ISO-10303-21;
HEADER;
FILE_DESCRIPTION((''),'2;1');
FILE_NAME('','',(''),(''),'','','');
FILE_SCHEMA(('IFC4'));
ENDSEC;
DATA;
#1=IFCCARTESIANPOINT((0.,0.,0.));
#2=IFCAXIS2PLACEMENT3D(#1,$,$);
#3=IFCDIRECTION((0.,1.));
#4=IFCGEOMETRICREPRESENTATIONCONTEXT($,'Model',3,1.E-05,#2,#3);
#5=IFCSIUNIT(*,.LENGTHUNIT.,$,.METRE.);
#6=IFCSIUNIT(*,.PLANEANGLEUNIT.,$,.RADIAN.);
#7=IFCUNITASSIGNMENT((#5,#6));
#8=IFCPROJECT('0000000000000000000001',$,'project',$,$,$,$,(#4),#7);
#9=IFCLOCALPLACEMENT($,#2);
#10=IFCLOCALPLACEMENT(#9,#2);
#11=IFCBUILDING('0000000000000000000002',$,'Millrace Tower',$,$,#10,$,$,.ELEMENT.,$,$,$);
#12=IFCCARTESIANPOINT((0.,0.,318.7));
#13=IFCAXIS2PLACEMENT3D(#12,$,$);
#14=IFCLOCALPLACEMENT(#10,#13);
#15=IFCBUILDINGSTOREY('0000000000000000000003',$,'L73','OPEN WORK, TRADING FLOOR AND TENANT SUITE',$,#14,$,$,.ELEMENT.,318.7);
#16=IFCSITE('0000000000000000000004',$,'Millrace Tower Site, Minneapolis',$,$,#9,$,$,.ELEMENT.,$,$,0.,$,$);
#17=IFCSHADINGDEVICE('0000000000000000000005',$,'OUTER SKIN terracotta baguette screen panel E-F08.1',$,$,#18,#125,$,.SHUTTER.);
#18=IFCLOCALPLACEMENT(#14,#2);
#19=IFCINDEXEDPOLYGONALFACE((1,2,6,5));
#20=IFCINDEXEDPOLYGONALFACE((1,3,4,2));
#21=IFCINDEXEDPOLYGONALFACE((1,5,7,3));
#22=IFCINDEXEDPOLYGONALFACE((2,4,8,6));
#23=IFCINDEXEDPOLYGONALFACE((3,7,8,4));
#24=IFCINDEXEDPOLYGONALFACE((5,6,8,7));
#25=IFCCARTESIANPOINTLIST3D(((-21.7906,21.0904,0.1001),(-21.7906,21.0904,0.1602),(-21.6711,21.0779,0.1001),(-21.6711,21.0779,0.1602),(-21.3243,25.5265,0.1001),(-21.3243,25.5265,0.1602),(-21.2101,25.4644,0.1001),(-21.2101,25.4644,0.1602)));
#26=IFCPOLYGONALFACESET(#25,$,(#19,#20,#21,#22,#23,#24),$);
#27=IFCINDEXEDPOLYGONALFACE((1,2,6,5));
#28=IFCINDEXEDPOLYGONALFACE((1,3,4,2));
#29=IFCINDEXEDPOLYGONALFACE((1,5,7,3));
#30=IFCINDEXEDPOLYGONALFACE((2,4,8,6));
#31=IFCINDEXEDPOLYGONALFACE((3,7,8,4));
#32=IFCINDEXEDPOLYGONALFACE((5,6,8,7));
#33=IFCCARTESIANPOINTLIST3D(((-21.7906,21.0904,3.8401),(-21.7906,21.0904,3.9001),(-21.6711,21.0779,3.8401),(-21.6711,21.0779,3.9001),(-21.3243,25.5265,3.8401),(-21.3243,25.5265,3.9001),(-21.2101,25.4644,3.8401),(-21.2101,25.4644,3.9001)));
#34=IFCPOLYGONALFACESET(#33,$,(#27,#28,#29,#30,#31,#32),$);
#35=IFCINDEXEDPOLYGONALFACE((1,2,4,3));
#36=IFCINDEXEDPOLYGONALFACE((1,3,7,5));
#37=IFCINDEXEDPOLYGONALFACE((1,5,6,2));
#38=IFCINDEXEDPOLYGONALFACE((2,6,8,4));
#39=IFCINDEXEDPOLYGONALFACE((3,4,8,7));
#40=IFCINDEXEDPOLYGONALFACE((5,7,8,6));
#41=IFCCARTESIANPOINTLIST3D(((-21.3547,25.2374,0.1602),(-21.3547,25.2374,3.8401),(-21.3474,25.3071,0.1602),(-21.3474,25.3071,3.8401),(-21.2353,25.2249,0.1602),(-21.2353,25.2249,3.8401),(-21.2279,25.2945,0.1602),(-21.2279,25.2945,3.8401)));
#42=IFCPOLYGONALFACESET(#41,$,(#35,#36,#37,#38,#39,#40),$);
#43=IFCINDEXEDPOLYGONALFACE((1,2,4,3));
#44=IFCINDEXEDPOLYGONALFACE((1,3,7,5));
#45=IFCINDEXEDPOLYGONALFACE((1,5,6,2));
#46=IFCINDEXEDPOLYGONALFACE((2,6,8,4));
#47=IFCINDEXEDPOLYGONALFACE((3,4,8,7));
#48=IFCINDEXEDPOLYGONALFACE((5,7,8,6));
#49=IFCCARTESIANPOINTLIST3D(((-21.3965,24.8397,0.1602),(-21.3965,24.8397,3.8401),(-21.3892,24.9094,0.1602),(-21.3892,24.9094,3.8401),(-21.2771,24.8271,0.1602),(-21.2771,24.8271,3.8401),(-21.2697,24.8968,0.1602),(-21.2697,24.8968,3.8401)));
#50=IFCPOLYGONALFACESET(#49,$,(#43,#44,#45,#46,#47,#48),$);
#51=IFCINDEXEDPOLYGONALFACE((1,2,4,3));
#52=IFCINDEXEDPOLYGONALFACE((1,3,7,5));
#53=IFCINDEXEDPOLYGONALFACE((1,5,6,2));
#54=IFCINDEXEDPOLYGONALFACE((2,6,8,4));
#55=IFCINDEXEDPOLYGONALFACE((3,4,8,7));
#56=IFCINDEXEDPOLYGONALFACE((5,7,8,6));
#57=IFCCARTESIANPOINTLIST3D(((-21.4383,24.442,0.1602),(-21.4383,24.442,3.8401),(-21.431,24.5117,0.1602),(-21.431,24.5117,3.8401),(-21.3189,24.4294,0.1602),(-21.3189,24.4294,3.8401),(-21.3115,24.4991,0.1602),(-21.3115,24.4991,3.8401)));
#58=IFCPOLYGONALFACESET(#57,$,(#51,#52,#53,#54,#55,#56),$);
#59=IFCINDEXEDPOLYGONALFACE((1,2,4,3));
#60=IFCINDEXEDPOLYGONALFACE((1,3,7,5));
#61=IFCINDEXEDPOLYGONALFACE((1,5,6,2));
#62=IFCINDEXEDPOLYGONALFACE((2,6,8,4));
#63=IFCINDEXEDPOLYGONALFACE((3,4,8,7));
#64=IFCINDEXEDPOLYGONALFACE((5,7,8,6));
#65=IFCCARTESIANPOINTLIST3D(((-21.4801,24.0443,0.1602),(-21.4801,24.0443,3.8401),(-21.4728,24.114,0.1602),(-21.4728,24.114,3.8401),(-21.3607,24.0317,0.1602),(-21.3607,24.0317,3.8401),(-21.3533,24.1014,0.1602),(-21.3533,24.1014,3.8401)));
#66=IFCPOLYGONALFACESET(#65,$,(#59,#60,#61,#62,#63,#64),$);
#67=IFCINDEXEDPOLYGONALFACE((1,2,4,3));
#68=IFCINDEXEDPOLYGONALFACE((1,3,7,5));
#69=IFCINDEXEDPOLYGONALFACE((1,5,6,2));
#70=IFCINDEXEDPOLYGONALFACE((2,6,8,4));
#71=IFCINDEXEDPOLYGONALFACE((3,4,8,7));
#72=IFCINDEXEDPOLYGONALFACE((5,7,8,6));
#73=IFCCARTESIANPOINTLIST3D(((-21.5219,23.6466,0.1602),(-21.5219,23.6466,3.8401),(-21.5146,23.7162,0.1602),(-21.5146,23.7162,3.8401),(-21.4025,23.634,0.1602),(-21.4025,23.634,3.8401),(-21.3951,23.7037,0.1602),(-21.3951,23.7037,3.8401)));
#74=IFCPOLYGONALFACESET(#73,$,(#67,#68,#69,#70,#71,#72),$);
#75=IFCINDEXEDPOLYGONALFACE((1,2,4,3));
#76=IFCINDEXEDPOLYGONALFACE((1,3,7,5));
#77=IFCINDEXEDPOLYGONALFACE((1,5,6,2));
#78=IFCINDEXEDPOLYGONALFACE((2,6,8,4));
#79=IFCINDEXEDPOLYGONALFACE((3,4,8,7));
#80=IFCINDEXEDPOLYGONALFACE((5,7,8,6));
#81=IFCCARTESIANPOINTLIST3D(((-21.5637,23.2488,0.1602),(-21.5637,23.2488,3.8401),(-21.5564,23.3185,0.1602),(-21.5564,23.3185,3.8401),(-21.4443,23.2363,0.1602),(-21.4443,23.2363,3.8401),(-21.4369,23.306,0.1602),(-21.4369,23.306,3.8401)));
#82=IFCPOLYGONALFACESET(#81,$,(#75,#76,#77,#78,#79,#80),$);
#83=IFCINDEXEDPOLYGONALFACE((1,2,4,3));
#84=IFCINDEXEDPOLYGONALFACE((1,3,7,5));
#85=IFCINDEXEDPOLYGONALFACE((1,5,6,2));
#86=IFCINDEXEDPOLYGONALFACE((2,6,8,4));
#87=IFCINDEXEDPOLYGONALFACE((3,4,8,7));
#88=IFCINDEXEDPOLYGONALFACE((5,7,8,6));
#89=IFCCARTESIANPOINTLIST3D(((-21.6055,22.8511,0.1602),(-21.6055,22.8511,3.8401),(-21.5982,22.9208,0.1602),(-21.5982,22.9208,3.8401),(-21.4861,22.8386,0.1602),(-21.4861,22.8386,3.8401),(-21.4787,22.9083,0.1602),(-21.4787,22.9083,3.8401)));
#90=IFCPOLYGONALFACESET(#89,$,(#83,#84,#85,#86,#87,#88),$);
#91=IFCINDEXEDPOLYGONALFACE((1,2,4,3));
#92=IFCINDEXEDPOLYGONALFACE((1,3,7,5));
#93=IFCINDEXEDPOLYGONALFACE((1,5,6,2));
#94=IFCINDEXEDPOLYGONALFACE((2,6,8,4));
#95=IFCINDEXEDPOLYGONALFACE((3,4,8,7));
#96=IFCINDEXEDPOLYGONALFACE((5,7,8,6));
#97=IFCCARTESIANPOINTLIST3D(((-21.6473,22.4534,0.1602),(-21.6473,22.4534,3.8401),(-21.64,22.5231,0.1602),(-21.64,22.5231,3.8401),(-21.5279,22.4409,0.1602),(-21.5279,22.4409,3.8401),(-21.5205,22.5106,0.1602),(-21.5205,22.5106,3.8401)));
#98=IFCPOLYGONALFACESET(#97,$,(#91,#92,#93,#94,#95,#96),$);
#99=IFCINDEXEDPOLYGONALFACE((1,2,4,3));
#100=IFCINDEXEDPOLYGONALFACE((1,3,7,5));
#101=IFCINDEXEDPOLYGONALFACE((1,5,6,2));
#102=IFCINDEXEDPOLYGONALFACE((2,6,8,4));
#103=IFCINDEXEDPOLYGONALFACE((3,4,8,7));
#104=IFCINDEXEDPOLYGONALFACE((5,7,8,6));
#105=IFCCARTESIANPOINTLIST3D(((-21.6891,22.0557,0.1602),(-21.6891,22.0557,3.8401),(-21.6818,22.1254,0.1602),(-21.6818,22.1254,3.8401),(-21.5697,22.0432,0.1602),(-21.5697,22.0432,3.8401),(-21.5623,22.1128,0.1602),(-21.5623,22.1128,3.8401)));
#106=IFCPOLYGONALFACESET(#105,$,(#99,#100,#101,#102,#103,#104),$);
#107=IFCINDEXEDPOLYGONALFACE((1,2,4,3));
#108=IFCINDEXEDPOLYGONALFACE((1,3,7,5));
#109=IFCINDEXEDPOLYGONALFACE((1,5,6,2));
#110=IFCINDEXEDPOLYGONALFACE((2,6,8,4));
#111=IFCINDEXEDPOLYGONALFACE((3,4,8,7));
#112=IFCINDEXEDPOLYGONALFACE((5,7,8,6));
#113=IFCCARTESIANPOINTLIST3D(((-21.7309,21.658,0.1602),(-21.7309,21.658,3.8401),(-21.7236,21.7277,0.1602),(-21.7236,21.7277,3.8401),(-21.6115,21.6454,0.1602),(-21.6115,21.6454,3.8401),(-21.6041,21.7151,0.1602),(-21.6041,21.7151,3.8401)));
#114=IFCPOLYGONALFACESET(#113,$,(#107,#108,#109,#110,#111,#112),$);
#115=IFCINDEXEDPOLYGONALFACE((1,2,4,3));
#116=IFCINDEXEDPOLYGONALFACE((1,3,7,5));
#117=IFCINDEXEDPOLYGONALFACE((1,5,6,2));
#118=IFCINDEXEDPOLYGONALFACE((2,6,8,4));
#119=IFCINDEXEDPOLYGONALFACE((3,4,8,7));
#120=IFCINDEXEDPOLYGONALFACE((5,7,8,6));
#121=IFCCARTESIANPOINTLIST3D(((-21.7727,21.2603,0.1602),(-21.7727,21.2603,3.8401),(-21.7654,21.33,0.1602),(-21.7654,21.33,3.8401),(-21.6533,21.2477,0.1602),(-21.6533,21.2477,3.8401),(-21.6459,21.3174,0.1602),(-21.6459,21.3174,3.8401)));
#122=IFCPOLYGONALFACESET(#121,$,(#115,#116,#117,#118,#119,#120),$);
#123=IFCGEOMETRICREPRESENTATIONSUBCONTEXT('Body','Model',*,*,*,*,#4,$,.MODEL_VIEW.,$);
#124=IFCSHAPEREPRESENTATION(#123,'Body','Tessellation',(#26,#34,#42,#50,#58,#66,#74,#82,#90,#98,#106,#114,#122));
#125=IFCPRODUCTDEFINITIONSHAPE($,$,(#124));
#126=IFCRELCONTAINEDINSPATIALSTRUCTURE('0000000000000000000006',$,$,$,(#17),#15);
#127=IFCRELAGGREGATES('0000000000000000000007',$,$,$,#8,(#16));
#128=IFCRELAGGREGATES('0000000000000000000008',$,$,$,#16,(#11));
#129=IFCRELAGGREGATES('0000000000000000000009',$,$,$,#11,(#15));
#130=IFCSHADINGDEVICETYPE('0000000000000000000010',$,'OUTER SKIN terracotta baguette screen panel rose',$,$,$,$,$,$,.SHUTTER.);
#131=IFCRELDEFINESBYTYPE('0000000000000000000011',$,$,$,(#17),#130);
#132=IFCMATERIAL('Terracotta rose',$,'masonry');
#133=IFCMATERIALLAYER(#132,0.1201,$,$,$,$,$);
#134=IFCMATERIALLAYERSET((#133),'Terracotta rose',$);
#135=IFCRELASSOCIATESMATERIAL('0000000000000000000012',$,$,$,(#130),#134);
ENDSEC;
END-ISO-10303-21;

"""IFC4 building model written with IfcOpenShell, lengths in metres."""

from ifc_helpers import new_model, entity, si_unit, direction, frame, frame_2d, origin, place, context, subcontext, project, spatial, rectangle, extrude, source, transform, mapped, material, layer, layer_set, type_object, element, save


model = new_model("IFC4")

# Units and contexts
model_context = context("Model", 3, precision=1e-05, world=origin(), true_north=direction((0.0, 1.0)))
body_context = subcontext(model_context, "Body", "Model", "MODEL_VIEW")
ifc_project = project(units=[si_unit("LENGTHUNIT", "METRE"), si_unit("PLANEANGLEUNIT", "RADIAN")], contexts=[model_context])

# Site, building, storey
site_placement = place(None, origin())
site = spatial("IfcSite", under=ifc_project, at=site_placement, Name="Millrace Tower Site, Minneapolis", CompositionType="ELEMENT", RefElevation=0.0)
building_placement = place(site_placement, origin())
building = spatial("IfcBuilding", under=site, at=building_placement, Name="Millrace Tower", CompositionType="ELEMENT")
storey_placement = place(building_placement, frame((0.0, 0.0, 318.7)))
storey = spatial("IfcBuildingStorey", under=building, at=storey_placement, Name="L73", Description="OPEN WORK, TRADING FLOOR AND TENANT SUITE", CompositionType="ELEMENT", Elevation=318.7)

# Shading device
ifc_material_1 = material(Name="Terracotta rose", Category="masonry")
ifc_layer_1 = layer(ifc_material_1, 0.1201)
ifc_layer_set_1 = layer_set([ifc_layer_1], Name="Terracotta rose")
shading_device_type = type_object("IfcShadingDeviceType", Name="OUTER SKIN terracotta baguette screen panel rose", PredefinedType="SHUTTER", material=ifc_layer_set_1)
cartesian_point_1 = entity("IfcCartesianPoint", [-2.1929, 0.0601])
shared_polyline_1 = entity("IfcPolyline", [cartesian_point_1, entity("IfcCartesianPoint", [2.2178, 0.0601]), entity("IfcCartesianPoint", [2.2178, -0.0601]), entity("IfcCartesianPoint", [-2.2427, -0.0601]), cartesian_point_1])
shared_shape_1 = source(origin(), body_context, "Body", "SweptSolid", [
    entity("IfcExtrudedAreaSolid", entity("IfcArbitraryClosedProfileDef", "AREA", None, shared_polyline_1), entity("IfcAxis2Placement3D", entity("IfcCartesianPoint", [0.0, 0.0, 0.0])), entity("IfcDirection", [0.0, 0.0, 1.0]), 0.0601),
    entity("IfcExtrudedAreaSolid", entity("IfcArbitraryClosedProfileDef", "AREA", None, shared_polyline_1), entity("IfcAxis2Placement3D", entity("IfcCartesianPoint", [0.0, 0.0, 3.74])), entity("IfcDirection", [0.0, 0.0, 1.0]), 0.0601),
    extrude(rectangle(XDim=0.0701, YDim=0.1201, at=frame_2d((-1.9871, 0.0))), frame((0.0, 0.0, 0.0601)), (0.0, 0.0, 1.0), 3.6799),
    extrude(rectangle(XDim=0.0701, YDim=0.1201, at=frame_2d((-1.5872, 0.0))), frame((0.0, 0.0, 0.0601)), (0.0, 0.0, 1.0), 3.6799),
    extrude(rectangle(XDim=0.0701, YDim=0.1201, at=frame_2d((-1.1873, 0.0))), frame((0.0, 0.0, 0.0601)), (0.0, 0.0, 1.0), 3.6799),
    extrude(rectangle(XDim=0.0701, YDim=0.1201, at=frame_2d((-0.7874, 0.0))), frame((0.0, 0.0, 0.0601)), (0.0, 0.0, 1.0), 3.6799),
    extrude(rectangle(XDim=0.0701, YDim=0.1201, at=frame_2d((-0.3875, 0.0))), frame((0.0, 0.0, 0.0601)), (0.0, 0.0, 1.0), 3.6799),
    extrude(rectangle(XDim=0.0701, YDim=0.1201, at=frame_2d((0.0125, 0.0))), frame((0.0, 0.0, 0.0601)), (0.0, 0.0, 1.0), 3.6799),
    extrude(rectangle(XDim=0.0701, YDim=0.1201, at=frame_2d((0.4124, 0.0))), frame((0.0, 0.0, 0.0601)), (0.0, 0.0, 1.0), 3.6799),
    extrude(rectangle(XDim=0.0701, YDim=0.1201, at=frame_2d((0.8123, 0.0))), frame((0.0, 0.0, 0.0601)), (0.0, 0.0, 1.0), 3.6799),
    extrude(rectangle(XDim=0.0701, YDim=0.1201, at=frame_2d((1.2122, 0.0))), frame((0.0, 0.0, 0.0601)), (0.0, 0.0, 1.0), 3.6799),
    extrude(rectangle(XDim=0.0701, YDim=0.1201, at=frame_2d((1.6121, 0.0))), frame((0.0, 0.0, 0.0601)), (0.0, 0.0, 1.0), 3.6799),
    extrude(rectangle(XDim=0.0701, YDim=0.1201, at=frame_2d((2.012, 0.0))), frame((0.0, 0.0, 0.0601)), (0.0, 0.0, 1.0), 3.6799),
])
shading_device_1_placement = place(storey_placement, frame((-21.499, 23.2898, 0.1001), z_axis=(0.0, 0.0, 1.0), x_axis=(-0.104528, -0.994522, 0.0)))
element("IfcShadingDevice", 1, at=shading_device_1_placement, inside=storey, type_object=shading_device_type, Name="OUTER SKIN terracotta baguette screen panel E-F08.1", PredefinedType="SHUTTER", context=body_context, shape_type="MappedRepresentation", body=[
    mapped(shared_shape_1, transform((0.0, 0.0, 0.0), scale=1.0)),
])

save(model, "model.ifc")
